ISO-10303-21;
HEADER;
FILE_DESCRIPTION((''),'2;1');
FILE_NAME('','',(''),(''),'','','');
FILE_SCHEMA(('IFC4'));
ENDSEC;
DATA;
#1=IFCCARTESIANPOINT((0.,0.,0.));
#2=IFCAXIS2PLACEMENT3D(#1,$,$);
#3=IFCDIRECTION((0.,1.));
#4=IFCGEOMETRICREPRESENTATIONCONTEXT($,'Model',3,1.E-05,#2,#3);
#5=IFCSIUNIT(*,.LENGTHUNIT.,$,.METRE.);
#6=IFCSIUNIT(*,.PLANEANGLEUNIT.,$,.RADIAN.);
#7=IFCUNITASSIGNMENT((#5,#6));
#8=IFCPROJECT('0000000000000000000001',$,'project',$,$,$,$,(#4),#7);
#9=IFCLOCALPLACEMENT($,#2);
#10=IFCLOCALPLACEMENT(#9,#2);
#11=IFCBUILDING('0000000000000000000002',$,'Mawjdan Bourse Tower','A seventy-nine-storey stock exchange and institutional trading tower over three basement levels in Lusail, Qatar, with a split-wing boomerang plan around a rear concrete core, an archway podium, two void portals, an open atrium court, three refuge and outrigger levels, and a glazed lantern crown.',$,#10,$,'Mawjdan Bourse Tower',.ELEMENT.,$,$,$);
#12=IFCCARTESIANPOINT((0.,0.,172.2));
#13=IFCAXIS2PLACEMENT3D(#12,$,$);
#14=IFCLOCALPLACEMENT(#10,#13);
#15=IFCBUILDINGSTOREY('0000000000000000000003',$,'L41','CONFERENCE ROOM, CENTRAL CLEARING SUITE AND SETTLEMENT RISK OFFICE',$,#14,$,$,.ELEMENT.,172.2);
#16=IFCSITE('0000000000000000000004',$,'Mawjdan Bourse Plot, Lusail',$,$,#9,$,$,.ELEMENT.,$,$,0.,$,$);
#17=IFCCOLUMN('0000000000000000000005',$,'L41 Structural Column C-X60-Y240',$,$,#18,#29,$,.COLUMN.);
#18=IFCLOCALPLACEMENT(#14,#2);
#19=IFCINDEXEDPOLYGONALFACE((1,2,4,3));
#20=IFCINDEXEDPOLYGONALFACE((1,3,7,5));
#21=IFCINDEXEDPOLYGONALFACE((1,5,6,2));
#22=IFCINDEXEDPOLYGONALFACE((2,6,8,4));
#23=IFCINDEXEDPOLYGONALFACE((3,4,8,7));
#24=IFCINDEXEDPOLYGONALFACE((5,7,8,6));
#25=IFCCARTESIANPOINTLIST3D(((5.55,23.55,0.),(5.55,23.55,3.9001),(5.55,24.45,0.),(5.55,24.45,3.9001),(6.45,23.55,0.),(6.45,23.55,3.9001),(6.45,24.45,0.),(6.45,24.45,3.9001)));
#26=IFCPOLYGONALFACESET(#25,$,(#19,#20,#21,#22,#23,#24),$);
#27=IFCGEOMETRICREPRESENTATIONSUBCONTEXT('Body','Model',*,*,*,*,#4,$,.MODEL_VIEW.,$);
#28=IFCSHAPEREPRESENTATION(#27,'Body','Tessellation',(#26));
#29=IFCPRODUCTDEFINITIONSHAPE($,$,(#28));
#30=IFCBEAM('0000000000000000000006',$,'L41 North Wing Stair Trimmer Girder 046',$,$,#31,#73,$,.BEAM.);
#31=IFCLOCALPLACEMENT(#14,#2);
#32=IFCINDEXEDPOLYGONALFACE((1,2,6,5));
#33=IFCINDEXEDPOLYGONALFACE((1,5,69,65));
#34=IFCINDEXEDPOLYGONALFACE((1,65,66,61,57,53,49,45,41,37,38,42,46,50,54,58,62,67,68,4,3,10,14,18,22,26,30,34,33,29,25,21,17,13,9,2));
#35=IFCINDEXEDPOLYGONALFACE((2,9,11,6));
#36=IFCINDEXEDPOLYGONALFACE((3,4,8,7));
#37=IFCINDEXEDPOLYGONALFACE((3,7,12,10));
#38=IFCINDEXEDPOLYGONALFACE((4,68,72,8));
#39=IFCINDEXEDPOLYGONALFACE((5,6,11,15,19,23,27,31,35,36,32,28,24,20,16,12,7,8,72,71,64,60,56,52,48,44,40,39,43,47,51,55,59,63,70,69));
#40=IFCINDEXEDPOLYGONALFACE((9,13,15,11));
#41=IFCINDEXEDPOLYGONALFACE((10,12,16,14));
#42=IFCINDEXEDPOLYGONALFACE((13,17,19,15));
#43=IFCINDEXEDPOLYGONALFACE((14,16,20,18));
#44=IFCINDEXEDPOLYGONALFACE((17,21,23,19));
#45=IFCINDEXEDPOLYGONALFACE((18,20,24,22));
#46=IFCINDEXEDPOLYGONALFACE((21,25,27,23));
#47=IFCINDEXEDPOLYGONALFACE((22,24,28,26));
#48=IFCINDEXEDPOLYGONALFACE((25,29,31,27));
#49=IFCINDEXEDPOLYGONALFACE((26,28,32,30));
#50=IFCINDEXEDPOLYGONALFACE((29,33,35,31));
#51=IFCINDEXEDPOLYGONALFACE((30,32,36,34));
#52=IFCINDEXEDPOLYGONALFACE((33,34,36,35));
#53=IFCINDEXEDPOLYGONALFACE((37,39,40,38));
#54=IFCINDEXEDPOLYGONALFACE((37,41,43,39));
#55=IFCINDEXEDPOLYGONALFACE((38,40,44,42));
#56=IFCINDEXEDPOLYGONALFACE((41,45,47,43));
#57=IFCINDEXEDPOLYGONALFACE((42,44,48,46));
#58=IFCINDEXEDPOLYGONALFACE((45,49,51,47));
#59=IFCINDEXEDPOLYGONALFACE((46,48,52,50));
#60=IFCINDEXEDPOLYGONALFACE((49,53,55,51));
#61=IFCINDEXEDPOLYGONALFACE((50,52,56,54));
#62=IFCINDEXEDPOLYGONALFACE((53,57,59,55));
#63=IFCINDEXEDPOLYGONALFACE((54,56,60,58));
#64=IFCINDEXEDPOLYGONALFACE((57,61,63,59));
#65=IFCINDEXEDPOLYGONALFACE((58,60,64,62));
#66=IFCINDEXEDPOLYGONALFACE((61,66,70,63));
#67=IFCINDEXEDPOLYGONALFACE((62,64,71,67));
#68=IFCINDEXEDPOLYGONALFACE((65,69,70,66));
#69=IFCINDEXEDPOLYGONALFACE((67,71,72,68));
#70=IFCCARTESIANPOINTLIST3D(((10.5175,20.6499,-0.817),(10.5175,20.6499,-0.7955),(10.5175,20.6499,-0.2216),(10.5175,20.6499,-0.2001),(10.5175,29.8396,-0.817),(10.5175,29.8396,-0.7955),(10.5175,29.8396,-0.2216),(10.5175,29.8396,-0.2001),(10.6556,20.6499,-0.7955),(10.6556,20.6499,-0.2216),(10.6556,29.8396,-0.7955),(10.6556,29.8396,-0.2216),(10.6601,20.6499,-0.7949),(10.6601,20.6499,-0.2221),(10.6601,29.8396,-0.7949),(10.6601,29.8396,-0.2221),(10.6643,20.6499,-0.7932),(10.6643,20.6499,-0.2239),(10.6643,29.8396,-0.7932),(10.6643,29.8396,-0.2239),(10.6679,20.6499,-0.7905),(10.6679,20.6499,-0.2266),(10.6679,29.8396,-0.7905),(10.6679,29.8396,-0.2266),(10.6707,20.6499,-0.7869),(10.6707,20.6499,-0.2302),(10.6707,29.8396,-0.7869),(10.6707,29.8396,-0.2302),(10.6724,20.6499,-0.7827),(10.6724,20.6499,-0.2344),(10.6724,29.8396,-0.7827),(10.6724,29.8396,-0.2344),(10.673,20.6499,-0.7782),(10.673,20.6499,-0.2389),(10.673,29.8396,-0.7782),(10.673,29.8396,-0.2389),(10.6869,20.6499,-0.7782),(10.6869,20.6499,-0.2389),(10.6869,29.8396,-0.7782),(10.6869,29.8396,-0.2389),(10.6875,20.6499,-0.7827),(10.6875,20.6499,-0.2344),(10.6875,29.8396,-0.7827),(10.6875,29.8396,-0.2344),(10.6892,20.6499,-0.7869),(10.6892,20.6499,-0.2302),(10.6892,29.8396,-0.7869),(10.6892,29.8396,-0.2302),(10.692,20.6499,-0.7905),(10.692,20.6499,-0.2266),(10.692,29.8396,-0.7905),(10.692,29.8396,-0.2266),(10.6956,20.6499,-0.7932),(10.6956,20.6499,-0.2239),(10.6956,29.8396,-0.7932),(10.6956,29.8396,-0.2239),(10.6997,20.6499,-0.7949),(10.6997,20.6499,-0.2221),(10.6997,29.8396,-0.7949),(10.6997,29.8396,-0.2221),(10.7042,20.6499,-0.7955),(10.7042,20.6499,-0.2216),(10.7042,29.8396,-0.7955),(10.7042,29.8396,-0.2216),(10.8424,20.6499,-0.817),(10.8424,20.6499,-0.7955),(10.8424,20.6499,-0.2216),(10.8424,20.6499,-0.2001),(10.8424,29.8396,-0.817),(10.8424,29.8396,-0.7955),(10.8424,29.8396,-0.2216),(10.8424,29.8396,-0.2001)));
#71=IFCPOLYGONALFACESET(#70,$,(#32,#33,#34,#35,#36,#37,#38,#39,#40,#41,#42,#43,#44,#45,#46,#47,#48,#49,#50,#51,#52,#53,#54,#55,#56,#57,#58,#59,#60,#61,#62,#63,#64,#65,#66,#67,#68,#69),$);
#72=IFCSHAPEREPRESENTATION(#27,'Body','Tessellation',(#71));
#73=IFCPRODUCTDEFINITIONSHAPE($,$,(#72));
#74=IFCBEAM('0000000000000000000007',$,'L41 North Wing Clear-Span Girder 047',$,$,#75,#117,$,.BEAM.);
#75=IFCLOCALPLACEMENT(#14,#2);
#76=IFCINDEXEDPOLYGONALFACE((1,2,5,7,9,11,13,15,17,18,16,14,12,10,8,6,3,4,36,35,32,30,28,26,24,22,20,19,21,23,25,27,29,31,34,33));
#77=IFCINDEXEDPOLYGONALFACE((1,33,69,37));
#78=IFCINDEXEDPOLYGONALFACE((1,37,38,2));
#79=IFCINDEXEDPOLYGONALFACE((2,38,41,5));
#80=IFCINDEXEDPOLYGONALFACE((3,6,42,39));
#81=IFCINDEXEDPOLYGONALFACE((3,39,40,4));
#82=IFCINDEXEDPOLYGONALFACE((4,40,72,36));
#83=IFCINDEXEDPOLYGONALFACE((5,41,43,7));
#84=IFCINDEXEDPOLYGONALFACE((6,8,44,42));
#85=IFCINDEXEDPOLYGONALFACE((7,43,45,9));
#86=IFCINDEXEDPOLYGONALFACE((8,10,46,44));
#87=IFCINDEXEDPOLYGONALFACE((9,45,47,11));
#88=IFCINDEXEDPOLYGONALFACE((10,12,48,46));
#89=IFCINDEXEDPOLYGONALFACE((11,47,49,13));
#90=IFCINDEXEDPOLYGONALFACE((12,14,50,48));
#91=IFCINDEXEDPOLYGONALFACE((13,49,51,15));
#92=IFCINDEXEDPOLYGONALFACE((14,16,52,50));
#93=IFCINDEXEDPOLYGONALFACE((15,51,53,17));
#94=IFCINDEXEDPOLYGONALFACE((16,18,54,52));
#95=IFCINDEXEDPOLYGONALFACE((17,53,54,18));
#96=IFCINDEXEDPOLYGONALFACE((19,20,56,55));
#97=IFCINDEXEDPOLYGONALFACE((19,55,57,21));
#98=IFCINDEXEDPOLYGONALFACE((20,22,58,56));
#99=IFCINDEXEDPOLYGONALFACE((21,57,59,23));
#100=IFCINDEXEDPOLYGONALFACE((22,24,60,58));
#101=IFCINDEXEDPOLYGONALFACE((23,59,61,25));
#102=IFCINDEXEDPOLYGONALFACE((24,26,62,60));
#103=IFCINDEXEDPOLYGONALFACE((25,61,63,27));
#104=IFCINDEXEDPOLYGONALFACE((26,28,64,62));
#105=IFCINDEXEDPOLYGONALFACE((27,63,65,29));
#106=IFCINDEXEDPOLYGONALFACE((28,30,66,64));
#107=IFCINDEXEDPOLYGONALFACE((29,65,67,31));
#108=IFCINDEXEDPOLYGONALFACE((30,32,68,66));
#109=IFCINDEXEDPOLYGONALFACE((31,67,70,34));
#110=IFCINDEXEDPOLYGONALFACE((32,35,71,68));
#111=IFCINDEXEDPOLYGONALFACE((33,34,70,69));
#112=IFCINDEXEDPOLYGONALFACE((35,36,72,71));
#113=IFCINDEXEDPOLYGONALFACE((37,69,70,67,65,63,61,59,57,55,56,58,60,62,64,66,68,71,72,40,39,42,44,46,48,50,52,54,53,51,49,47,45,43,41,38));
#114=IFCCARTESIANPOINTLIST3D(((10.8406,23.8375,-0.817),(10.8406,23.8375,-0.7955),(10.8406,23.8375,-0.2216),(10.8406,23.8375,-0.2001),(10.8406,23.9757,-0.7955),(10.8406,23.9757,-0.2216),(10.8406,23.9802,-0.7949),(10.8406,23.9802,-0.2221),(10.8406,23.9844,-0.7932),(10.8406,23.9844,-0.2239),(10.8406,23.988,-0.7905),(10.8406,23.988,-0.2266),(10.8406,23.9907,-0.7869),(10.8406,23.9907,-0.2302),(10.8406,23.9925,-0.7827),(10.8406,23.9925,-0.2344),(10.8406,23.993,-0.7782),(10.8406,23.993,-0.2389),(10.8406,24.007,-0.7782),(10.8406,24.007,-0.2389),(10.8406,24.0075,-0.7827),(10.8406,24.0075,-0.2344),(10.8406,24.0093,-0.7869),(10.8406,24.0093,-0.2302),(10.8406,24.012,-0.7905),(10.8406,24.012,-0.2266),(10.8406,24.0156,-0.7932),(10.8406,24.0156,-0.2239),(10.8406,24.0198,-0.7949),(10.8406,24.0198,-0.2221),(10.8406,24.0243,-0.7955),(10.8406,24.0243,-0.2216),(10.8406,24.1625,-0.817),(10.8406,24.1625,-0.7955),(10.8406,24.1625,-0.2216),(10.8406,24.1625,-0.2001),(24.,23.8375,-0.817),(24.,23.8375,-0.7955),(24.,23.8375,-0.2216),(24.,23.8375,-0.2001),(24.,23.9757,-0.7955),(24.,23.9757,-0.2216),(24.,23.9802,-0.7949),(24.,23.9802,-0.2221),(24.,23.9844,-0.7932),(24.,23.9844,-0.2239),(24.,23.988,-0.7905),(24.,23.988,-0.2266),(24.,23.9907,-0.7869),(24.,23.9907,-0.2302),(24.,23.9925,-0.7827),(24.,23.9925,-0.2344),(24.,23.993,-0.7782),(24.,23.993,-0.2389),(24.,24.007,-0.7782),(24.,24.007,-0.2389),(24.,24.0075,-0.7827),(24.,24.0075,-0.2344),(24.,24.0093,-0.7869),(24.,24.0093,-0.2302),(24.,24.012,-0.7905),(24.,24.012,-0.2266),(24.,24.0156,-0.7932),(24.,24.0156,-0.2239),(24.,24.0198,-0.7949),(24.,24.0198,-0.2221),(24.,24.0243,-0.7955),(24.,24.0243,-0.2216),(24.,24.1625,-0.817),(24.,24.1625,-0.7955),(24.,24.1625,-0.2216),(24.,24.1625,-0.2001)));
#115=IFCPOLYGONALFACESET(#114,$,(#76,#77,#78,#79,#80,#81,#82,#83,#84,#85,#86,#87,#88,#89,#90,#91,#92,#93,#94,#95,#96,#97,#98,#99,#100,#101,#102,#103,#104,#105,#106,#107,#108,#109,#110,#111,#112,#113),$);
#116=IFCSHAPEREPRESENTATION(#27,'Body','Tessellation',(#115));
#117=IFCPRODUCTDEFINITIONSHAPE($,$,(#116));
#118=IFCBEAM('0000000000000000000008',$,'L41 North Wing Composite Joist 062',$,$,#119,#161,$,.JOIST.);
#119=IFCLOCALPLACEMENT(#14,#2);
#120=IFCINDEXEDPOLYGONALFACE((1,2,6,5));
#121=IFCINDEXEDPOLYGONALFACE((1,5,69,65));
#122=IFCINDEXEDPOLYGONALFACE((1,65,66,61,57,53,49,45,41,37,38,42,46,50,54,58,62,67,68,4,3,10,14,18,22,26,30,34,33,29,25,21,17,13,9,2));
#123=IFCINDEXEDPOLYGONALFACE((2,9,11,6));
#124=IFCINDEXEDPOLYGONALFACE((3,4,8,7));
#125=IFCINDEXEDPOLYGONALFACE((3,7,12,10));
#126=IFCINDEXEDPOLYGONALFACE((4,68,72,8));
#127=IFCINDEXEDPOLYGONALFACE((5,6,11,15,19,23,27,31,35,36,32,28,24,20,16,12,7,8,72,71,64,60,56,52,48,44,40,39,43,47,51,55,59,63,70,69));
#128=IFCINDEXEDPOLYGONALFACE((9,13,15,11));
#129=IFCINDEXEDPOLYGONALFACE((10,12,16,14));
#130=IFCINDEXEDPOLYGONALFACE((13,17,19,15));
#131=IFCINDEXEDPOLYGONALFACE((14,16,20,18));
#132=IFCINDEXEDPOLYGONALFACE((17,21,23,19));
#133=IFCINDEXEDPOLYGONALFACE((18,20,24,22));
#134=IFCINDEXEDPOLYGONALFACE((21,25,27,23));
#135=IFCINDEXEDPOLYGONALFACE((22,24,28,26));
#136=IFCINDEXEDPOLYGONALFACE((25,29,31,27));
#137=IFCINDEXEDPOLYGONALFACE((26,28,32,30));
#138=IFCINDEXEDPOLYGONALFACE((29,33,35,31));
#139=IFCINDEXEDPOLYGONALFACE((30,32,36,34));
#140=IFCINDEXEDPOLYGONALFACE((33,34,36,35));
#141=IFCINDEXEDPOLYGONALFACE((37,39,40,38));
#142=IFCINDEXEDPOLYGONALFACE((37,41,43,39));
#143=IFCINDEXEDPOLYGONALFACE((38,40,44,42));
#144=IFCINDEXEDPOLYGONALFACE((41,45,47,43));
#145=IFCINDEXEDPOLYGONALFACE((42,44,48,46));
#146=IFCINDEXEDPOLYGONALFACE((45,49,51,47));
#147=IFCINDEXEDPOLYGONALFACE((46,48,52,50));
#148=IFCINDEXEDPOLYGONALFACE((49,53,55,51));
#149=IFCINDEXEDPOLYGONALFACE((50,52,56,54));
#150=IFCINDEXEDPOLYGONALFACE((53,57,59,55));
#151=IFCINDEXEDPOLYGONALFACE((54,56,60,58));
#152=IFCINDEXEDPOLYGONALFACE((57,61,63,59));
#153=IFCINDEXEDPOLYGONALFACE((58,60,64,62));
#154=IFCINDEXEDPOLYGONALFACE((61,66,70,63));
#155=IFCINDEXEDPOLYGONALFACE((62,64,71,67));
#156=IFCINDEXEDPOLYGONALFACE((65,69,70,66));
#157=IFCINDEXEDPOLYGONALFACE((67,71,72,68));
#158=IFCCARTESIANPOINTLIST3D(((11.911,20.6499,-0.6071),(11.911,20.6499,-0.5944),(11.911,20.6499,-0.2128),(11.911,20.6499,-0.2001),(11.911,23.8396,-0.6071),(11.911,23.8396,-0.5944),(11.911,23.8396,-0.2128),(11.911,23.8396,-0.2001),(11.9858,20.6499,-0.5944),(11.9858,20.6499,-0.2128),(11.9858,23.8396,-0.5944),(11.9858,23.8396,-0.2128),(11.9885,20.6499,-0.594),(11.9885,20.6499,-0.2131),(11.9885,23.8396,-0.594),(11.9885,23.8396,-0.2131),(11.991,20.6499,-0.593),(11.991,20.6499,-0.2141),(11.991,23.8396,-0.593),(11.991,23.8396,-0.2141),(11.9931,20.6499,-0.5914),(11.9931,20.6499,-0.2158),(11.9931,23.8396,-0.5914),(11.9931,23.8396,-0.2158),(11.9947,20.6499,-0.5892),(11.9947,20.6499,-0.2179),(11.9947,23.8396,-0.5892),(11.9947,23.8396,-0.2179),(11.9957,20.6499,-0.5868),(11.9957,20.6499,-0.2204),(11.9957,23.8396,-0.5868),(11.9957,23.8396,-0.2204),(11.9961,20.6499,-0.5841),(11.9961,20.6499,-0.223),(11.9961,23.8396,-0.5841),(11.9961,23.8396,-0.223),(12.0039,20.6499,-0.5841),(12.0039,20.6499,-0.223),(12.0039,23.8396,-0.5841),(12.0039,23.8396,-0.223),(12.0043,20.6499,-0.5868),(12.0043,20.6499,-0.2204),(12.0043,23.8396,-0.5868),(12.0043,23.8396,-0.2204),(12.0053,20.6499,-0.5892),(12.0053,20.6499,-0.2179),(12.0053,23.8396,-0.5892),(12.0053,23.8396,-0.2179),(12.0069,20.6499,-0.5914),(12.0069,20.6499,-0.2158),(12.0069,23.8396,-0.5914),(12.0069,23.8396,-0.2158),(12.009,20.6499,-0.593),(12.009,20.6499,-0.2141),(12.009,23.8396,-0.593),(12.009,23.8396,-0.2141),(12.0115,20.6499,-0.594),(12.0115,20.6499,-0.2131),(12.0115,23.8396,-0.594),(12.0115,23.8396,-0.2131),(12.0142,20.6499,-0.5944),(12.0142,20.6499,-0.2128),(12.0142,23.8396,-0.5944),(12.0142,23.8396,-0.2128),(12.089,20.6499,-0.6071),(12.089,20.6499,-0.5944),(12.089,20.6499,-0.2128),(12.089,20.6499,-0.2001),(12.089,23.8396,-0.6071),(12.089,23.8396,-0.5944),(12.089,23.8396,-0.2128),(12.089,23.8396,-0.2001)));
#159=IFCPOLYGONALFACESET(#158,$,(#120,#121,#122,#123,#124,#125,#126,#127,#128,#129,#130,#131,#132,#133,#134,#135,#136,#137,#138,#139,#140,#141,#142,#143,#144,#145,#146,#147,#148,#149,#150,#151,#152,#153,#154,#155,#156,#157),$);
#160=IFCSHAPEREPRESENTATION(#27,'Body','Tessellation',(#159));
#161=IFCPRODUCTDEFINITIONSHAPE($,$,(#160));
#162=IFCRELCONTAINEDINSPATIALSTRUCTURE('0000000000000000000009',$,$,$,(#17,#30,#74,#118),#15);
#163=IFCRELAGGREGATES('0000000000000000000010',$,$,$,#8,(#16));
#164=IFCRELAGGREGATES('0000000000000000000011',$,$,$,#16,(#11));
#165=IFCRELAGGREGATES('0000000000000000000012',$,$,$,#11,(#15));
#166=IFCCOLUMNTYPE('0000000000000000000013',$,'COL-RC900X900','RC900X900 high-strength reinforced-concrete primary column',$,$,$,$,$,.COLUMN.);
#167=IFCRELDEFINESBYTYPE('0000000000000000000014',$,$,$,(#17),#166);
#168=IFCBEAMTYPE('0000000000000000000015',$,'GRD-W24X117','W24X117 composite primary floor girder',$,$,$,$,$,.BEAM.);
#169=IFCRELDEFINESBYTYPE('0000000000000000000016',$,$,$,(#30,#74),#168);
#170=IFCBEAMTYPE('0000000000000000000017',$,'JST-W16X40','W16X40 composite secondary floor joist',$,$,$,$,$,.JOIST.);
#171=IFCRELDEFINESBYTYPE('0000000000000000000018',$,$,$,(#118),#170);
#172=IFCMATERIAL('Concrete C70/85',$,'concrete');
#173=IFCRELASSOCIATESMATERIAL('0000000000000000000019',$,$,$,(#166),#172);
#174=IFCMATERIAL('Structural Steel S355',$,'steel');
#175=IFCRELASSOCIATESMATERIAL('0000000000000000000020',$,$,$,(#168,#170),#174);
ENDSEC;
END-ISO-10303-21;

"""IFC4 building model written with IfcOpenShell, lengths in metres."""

from ifc_helpers import new_model, si_unit, direction, frame, origin, origin_2d, place, context, subcontext, project, spatial, rectangle, i_section, extrude, material, material_profile, profile_set, type_object, element, save


model = new_model("IFC4")

# Units and contexts
model_context = context("Model", 3, precision=1e-05, world=origin(), true_north=direction((0.0, 1.0)))
body_context = subcontext(model_context, "Body", "Model", "MODEL_VIEW")
ifc_project = project(units=[si_unit("LENGTHUNIT", "METRE"), si_unit("PLANEANGLEUNIT", "RADIAN")], contexts=[model_context])

# Site, building, storey
site_placement = place(None, origin())
site = spatial("IfcSite", under=ifc_project, at=site_placement, Name="Mawjdan Bourse Plot, Lusail", CompositionType="ELEMENT", RefElevation=0.0)
building_placement = place(site_placement, origin())
building = spatial("IfcBuilding", under=site, at=building_placement, Name="Mawjdan Bourse Tower", Description="A seventy-nine-storey stock exchange and institutional trading tower over three basement levels in Lusail, Qatar, with a split-wing boomerang plan around a rear concrete core, an archway podium, two void portals, an open atrium court, three refuge and outrigger levels, and a glazed lantern crown.", LongName="Mawjdan Bourse Tower", CompositionType="ELEMENT")
storey_placement = place(building_placement, frame((0.0, 0.0, 172.2)))
storey = spatial("IfcBuildingStorey", under=building, at=storey_placement, Name="L41", Description="CONFERENCE ROOM, CENTRAL CLEARING SUITE AND SETTLEMENT RISK OFFICE", CompositionType="ELEMENT", Elevation=172.2)

# Column
ifc_material_1 = material(Name="Concrete C70/85", Category="concrete")
ifc_material_profile_1 = material_profile(ifc_material_1, rectangle(XDim=0.8999, YDim=0.8999, at=origin_2d()), Name="RC900X900")
ifc_profile_set_1 = profile_set([ifc_material_profile_1], Name="Concrete C70/85")
column_type = type_object("IfcColumnType", Name="COL-RC900X900", Description="RC900X900 high-strength reinforced-concrete primary column", PredefinedType="COLUMN", material=ifc_profile_set_1)
column_placement = place(storey_placement, frame((6.0, 24.0, 0.0), z_axis=(0.0, 0.0, 1.0), x_axis=(1.0, 0.0, 0.0)))
element("IfcColumn", 1, at=column_placement, inside=storey, type_object=column_type, Name="L41 Structural Column C-X60-Y240", PredefinedType="COLUMN", context=body_context, shape_type="SweptSolid", body=[
    extrude(rectangle(XDim=0.8999, YDim=0.8999, at=origin_2d()), origin(), (0.0, 0.0, 1.0), 3.9001),
])

# Beams
ifc_material_2 = material(Name="Structural Steel S355", Category="steel")
ifc_material_profile_2 = material_profile(ifc_material_2, i_section(OverallWidth=0.325, OverallDepth=0.6169, WebThickness=0.0139, FlangeThickness=0.0215, FilletRadius=0.0173, at=origin_2d()), Name="W24X117")
ifc_profile_set_2 = profile_set([ifc_material_profile_2], Name="Structural Steel S355")
beam_type_1 = type_object("IfcBeamType", Name="GRD-W24X117", Description="W24X117 composite primary floor girder", PredefinedType="BEAM", material=ifc_profile_set_2)
beam_1_placement = place(storey_placement, frame((10.6799, 20.6499, -0.5085), z_axis=(0.0, 1.0, 0.0), x_axis=(-1.0, 0.0, 0.0)))
element("IfcBeam", 2, at=beam_1_placement, inside=storey, type_object=beam_type_1, Name="L41 North Wing Stair Trimmer Girder 046", PredefinedType="BEAM", context=body_context, shape_type="SweptSolid", body=[
    extrude(i_section(OverallWidth=0.325, OverallDepth=0.6169, WebThickness=0.0139, FlangeThickness=0.0215, FilletRadius=0.0173, at=origin_2d()), origin(), (0.0, 0.0, 1.0), 9.1897),
])
beam_2_placement = place(storey_placement, frame((10.8406, 24.0, -0.5085), z_axis=(1.0, 0.0, 0.0), x_axis=(0.0, 1.0, 0.0)))
element("IfcBeam", 3, at=beam_2_placement, inside=storey, type_object=beam_type_1, Name="L41 North Wing Clear-Span Girder 047", PredefinedType="BEAM", context=body_context, shape_type="SweptSolid", body=[
    extrude(i_section(OverallWidth=0.325, OverallDepth=0.6169, WebThickness=0.0139, FlangeThickness=0.0215, FilletRadius=0.0173, at=origin_2d()), origin(), (0.0, 0.0, 1.0), 13.1594),
])
ifc_material_profile_3 = material_profile(ifc_material_2, i_section(OverallWidth=0.178, OverallDepth=0.407, WebThickness=0.0078, FlangeThickness=0.0127, FilletRadius=0.0103, at=origin_2d()), Name="W16X40")
ifc_profile_set_3 = profile_set([ifc_material_profile_3], Name="Structural Steel S355")
beam_type_2 = type_object("IfcBeamType", Name="JST-W16X40", Description="W16X40 composite secondary floor joist", PredefinedType="JOIST", material=ifc_profile_set_3)
beam_3_placement = place(storey_placement, frame((12.0, 20.6499, -0.4036), z_axis=(0.0, 1.0, 0.0), x_axis=(-1.0, 0.0, 0.0)))
element("IfcBeam", 4, at=beam_3_placement, inside=storey, type_object=beam_type_2, Name="L41 North Wing Composite Joist 062", PredefinedType="JOIST", context=body_context, shape_type="SweptSolid", body=[
    extrude(i_section(OverallWidth=0.178, OverallDepth=0.407, WebThickness=0.0078, FlangeThickness=0.0127, FilletRadius=0.0103, at=origin_2d()), origin(), (0.0, 0.0, 1.0), 3.1897),
])

save(model, "model.ifc")
